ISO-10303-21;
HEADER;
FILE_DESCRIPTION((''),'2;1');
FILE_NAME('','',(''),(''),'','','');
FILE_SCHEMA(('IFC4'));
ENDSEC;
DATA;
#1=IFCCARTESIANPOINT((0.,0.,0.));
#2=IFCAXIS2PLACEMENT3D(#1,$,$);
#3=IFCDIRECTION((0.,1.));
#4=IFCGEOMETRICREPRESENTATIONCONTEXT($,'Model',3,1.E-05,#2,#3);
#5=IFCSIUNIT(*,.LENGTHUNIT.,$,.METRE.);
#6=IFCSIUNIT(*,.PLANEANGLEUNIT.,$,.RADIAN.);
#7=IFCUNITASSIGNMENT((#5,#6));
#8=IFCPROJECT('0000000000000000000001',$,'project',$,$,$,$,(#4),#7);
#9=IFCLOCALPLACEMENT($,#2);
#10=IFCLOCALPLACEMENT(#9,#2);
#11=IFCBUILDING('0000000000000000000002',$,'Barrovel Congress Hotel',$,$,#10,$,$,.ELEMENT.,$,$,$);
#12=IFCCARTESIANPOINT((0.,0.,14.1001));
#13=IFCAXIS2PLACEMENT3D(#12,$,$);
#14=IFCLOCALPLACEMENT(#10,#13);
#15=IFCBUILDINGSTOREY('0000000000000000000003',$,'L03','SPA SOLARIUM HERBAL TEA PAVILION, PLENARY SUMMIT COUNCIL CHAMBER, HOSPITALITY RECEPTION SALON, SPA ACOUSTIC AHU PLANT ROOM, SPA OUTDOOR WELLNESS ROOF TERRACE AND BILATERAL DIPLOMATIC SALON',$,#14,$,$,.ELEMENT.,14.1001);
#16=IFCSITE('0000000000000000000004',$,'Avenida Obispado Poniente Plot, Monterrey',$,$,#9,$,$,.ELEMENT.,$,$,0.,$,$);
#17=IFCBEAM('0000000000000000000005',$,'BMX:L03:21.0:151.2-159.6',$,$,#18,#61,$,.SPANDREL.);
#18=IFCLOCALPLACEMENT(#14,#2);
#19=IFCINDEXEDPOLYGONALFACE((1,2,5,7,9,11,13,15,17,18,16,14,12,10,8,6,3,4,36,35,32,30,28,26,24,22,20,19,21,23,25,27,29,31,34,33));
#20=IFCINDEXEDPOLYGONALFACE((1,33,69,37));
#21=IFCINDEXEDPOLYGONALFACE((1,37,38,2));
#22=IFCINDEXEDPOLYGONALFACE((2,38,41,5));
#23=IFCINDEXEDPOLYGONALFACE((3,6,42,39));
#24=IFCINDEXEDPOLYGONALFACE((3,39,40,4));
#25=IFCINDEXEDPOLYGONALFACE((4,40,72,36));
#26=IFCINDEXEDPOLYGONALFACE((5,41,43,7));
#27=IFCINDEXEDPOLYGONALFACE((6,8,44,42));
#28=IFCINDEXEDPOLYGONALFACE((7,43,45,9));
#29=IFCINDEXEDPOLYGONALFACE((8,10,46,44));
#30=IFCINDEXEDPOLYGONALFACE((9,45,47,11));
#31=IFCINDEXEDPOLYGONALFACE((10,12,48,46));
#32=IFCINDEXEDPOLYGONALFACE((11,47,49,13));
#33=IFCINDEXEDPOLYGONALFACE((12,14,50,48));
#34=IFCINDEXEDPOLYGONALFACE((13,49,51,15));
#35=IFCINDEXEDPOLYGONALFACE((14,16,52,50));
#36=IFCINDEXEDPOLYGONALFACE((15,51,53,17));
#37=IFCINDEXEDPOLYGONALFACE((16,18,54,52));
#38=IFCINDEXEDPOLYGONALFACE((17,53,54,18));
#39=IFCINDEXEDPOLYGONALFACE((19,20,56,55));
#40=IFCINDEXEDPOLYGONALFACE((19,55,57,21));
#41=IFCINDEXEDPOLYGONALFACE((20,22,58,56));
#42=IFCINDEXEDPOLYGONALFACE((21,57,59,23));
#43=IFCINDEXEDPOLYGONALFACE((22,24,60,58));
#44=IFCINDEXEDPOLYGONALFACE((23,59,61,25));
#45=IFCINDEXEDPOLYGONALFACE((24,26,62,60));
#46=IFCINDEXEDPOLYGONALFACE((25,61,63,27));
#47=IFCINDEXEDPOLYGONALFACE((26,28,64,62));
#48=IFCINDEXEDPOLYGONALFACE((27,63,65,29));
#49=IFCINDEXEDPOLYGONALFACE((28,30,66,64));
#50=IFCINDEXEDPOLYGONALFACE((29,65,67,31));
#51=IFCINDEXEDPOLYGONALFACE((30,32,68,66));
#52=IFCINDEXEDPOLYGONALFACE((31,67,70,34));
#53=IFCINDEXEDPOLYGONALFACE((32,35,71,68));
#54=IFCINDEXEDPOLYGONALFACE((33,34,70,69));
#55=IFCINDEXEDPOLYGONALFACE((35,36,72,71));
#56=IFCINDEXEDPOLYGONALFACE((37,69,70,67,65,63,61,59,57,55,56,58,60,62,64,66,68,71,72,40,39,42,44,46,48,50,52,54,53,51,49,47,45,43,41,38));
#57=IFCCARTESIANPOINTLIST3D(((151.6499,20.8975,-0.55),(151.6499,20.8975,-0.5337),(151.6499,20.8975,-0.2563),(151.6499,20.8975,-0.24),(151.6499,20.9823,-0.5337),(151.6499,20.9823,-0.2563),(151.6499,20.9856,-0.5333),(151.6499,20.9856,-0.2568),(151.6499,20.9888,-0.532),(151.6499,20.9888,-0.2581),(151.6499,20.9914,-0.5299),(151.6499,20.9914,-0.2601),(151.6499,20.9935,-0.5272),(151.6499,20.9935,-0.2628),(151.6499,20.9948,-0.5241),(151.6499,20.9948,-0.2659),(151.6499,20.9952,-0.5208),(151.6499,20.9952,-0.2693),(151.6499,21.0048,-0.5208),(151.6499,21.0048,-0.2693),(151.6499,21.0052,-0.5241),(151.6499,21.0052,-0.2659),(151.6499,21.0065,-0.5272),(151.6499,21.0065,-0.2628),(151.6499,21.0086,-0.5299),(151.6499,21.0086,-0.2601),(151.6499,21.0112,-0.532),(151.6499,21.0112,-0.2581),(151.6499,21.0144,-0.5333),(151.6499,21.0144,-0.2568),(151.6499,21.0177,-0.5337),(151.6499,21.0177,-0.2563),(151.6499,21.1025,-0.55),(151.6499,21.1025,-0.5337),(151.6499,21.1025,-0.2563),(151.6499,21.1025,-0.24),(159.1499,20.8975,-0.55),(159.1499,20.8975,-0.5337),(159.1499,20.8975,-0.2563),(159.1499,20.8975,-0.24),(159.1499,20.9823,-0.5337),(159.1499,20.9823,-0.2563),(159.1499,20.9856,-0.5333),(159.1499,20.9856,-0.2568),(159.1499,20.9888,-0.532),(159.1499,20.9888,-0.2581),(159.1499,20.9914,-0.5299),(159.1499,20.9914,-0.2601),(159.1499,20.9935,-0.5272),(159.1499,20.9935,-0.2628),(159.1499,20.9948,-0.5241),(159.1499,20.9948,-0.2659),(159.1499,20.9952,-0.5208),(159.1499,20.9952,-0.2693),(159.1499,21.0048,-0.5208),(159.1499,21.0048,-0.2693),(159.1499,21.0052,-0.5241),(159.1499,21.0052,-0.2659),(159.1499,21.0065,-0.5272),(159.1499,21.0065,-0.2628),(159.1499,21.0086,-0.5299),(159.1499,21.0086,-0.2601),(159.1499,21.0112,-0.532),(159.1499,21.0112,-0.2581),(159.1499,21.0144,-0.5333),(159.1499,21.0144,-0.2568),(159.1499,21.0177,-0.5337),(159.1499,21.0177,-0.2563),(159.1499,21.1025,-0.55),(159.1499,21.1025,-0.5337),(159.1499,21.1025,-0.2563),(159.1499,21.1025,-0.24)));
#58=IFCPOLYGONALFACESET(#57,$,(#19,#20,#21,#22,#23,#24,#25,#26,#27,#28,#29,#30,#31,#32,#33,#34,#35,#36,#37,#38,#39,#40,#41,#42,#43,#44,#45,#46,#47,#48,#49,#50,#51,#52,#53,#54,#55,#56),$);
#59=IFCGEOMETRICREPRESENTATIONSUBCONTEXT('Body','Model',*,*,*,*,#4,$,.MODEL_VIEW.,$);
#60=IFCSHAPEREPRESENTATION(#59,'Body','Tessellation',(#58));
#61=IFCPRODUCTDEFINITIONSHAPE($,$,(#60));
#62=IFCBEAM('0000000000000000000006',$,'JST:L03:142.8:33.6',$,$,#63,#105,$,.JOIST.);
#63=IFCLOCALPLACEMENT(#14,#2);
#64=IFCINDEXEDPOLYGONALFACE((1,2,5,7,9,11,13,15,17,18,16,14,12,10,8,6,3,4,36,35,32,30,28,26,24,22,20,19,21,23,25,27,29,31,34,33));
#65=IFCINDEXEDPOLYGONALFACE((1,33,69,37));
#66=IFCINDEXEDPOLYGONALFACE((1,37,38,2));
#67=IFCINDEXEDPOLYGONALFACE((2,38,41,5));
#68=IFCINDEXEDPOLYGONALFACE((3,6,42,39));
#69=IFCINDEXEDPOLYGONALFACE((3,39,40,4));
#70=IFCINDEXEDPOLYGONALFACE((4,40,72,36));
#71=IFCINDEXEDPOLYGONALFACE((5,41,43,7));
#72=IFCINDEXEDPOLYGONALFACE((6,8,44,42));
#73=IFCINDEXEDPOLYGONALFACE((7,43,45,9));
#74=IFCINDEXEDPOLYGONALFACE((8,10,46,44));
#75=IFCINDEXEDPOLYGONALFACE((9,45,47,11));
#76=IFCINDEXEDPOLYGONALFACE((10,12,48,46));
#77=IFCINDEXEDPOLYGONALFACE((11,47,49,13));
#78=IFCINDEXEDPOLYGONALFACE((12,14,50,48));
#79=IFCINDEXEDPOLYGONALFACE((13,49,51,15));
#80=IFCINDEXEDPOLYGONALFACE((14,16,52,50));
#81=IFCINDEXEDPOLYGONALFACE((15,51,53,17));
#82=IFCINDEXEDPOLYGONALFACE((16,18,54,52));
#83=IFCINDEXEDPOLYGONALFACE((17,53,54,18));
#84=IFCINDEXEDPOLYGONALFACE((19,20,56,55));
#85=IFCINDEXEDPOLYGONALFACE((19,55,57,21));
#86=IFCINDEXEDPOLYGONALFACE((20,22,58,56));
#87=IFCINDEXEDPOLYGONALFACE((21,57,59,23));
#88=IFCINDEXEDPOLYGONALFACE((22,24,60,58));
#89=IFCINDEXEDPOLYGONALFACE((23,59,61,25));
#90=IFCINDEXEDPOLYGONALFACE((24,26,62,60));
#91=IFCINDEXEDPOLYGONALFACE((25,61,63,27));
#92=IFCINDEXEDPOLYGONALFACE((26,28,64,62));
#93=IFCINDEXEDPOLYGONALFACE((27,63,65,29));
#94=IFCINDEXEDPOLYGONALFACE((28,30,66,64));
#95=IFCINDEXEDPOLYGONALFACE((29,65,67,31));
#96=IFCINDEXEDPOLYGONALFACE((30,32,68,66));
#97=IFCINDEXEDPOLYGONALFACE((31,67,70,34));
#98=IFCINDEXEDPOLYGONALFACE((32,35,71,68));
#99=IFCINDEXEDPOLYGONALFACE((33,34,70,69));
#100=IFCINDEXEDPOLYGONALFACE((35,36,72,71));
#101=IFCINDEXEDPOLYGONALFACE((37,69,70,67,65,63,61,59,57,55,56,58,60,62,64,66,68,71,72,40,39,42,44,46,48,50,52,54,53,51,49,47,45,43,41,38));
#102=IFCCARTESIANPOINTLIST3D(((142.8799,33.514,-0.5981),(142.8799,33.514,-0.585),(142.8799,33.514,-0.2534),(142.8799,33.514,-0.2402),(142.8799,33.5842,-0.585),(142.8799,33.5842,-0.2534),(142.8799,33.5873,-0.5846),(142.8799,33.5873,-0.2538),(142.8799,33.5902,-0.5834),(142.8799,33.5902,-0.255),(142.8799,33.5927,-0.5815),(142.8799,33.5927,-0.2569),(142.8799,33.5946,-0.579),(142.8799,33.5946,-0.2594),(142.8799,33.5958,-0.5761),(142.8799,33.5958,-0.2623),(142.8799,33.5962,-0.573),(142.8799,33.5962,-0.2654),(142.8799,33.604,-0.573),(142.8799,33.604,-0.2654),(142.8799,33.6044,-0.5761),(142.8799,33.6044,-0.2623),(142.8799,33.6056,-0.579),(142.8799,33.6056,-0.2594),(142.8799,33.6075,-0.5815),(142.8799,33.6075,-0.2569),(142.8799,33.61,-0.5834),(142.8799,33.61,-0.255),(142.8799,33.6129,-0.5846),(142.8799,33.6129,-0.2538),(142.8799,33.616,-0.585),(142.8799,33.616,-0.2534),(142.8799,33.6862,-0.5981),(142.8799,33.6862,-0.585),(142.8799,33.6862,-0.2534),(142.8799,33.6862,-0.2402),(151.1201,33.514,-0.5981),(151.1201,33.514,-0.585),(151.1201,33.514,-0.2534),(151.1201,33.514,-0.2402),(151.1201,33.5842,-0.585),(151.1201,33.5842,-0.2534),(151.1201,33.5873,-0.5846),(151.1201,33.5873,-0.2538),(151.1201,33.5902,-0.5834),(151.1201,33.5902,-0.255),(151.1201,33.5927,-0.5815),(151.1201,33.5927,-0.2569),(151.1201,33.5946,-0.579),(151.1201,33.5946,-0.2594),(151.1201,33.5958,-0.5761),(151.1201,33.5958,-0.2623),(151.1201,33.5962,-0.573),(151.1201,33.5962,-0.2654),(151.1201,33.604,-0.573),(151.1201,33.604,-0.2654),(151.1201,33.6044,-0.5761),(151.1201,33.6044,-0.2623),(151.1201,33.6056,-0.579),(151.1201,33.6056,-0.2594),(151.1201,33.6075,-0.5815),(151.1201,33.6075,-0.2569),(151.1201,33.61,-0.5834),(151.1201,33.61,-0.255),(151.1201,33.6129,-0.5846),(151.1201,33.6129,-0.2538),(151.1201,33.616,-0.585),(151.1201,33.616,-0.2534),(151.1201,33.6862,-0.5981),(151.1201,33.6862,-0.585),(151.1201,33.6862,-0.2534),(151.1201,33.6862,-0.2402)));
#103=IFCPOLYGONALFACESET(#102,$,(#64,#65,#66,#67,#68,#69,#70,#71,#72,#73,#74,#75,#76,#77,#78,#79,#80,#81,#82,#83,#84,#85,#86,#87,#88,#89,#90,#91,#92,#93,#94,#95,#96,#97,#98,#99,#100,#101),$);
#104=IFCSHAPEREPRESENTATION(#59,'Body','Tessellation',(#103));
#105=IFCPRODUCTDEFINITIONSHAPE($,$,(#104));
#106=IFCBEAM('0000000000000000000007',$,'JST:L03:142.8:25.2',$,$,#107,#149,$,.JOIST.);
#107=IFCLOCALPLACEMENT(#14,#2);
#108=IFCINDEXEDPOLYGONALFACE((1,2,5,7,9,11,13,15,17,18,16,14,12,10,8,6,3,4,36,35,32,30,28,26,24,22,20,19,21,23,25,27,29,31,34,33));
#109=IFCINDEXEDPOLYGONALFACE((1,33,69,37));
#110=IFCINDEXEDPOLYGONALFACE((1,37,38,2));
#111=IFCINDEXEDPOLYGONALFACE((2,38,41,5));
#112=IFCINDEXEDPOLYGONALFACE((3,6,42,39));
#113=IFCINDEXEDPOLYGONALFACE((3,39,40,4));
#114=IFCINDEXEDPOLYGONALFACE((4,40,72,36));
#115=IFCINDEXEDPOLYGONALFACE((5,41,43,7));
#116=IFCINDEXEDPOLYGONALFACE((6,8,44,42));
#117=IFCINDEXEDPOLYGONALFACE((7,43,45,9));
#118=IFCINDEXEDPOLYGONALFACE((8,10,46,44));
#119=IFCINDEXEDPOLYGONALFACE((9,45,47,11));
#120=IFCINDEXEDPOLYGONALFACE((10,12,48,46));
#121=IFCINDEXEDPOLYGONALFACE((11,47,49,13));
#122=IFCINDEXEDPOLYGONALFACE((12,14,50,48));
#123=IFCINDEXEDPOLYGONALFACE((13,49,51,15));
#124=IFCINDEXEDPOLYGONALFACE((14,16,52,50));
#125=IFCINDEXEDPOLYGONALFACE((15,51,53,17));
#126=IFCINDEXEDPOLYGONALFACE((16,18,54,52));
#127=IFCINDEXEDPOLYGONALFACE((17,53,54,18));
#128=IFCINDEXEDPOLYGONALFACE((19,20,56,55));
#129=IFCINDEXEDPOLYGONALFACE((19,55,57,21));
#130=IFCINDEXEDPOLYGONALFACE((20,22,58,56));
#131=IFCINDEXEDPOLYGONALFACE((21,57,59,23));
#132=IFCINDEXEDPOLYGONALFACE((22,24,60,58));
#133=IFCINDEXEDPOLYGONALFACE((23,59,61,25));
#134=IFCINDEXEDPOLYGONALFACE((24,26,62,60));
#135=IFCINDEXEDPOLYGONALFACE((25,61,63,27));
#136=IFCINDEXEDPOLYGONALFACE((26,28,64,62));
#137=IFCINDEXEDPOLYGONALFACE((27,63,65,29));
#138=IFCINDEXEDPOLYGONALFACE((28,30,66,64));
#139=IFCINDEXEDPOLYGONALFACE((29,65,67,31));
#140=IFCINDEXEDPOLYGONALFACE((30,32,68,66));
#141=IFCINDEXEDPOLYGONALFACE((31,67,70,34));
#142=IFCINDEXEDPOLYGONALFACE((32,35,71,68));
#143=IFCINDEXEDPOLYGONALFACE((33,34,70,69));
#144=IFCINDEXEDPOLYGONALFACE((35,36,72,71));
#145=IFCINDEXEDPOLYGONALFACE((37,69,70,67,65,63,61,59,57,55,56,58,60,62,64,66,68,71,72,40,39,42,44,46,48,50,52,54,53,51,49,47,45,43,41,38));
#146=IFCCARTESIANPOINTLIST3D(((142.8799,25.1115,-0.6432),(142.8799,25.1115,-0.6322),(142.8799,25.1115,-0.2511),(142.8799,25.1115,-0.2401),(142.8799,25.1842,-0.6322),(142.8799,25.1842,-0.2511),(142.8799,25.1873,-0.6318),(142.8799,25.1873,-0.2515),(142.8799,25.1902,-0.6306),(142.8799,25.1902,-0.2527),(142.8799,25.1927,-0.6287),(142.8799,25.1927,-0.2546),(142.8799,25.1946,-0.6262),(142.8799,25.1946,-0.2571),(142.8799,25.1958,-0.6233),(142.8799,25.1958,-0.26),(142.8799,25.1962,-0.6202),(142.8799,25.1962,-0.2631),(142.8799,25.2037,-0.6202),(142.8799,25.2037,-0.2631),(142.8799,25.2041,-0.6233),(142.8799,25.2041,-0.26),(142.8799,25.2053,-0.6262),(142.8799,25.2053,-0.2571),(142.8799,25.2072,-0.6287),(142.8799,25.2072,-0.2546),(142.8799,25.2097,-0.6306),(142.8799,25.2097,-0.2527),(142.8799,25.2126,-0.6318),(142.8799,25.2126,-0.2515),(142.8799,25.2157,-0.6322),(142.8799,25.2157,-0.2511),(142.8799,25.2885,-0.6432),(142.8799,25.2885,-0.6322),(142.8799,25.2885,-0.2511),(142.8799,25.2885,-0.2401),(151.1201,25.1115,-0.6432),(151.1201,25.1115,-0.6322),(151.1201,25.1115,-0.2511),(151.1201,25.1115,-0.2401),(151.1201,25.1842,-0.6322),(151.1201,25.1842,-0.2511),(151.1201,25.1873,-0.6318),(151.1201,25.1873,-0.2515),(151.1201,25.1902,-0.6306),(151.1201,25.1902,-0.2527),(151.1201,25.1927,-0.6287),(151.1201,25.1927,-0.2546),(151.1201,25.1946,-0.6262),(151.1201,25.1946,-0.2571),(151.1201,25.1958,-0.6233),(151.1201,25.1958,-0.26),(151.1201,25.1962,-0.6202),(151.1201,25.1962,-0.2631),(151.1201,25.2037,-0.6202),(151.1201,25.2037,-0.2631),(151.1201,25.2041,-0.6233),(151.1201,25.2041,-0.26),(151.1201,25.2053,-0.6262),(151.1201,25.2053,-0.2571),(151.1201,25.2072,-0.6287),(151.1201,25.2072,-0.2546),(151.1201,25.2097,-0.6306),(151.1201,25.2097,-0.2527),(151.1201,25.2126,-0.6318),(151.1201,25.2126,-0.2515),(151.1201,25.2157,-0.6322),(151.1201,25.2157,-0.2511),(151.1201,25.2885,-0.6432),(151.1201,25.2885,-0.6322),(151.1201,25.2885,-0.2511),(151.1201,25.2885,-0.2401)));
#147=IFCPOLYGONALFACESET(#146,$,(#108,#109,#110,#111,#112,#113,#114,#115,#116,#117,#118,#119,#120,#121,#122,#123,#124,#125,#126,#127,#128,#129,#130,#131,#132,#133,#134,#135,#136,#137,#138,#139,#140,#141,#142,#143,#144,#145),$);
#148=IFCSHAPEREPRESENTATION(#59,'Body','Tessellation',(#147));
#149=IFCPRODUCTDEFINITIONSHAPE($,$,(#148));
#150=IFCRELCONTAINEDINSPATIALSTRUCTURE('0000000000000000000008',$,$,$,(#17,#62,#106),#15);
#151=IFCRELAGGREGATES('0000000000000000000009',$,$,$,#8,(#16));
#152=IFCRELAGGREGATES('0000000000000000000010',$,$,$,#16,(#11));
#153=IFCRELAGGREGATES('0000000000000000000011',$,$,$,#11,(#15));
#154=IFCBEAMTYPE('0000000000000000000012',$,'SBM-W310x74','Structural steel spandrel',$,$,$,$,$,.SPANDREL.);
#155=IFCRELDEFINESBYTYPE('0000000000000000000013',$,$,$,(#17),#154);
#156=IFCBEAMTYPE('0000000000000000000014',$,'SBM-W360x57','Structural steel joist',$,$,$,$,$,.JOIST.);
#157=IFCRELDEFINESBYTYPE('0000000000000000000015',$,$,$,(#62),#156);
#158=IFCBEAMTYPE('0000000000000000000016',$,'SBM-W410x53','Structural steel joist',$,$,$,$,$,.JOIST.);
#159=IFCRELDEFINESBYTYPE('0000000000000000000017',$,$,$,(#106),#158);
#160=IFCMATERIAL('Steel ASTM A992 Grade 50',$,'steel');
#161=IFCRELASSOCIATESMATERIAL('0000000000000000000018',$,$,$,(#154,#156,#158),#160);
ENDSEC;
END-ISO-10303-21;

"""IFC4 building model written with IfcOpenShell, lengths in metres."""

from ifc_helpers import new_model, si_unit, direction, frame, origin, origin_2d, place, context, subcontext, project, spatial, i_section, extrude, material, material_profile, profile_set, type_object, element, save


model = new_model("IFC4")

# Units and contexts
model_context = context("Model", 3, precision=1e-05, world=origin(), true_north=direction((0.0, 1.0)))
body_context = subcontext(model_context, "Body", "Model", "MODEL_VIEW")
ifc_project = project(units=[si_unit("LENGTHUNIT", "METRE"), si_unit("PLANEANGLEUNIT", "RADIAN")], contexts=[model_context])

# Site, building, storey
site_placement = place(None, origin())
site = spatial("IfcSite", under=ifc_project, at=site_placement, Name="Avenida Obispado Poniente Plot, Monterrey", CompositionType="ELEMENT", RefElevation=0.0)
building_placement = place(site_placement, origin())
building = spatial("IfcBuilding", under=site, at=building_placement, Name="Barrovel Congress Hotel", CompositionType="ELEMENT")
storey_placement = place(building_placement, frame((0.0, 0.0, 14.1001)))
storey = spatial("IfcBuildingStorey", under=building, at=storey_placement, Name="L03", Description="SPA SOLARIUM HERBAL TEA PAVILION, PLENARY SUMMIT COUNCIL CHAMBER, HOSPITALITY RECEPTION SALON, SPA ACOUSTIC AHU PLANT ROOM, SPA OUTDOOR WELLNESS ROOF TERRACE AND BILATERAL DIPLOMATIC SALON", CompositionType="ELEMENT", Elevation=14.1001)

# Shared definitions
ifc_material_1 = material(Name="Steel ASTM A992 Grade 50", Category="steel")

# Beams
ifc_material_profile_1 = material_profile(ifc_material_1, i_section(OverallWidth=0.2051, OverallDepth=0.3101, WebThickness=0.0095, FlangeThickness=0.0164, FilletRadius=0.0129, at=origin_2d()), Name="W310x74")
ifc_profile_set_1 = profile_set([ifc_material_profile_1], Name="Steel ASTM A992 Grade 50")
beam_type_1 = type_object("IfcBeamType", Name="SBM-W310x74", Description="Structural steel spandrel", PredefinedType="SPANDREL", material=ifc_profile_set_1)
beam_1_placement = place(storey_placement, frame((151.6499, 21.0, -0.395), z_axis=(1.0, 0.0, 0.0), x_axis=(0.0, 1.0, 0.0)))
element("IfcBeam", 1, at=beam_1_placement, inside=storey, type_object=beam_type_1, Name="BMX:L03:21.0:151.2-159.6", PredefinedType="SPANDREL", context=body_context, shape_type="SweptSolid", body=[
    extrude(i_section(OverallWidth=0.2051, OverallDepth=0.3101, WebThickness=0.0095, FlangeThickness=0.0164, FilletRadius=0.0129, at=origin_2d()), origin(), (0.0, 0.0, 1.0), 7.5),
])
ifc_material_profile_2 = material_profile(ifc_material_1, i_section(OverallWidth=0.1721, OverallDepth=0.3579, WebThickness=0.0078, FlangeThickness=0.0132, FilletRadius=0.012, at=origin_2d()), Name="W360x57")
ifc_profile_set_2 = profile_set([ifc_material_profile_2], Name="Steel ASTM A992 Grade 50")
beam_type_2 = type_object("IfcBeamType", Name="SBM-W360x57", Description="Structural steel joist", PredefinedType="JOIST", material=ifc_profile_set_2)
beam_2_placement = place(storey_placement, frame((142.8799, 33.6001, -0.4192), z_axis=(1.0, 0.0, 0.0), x_axis=(0.0, 1.0, 0.0)))
element("IfcBeam", 2, at=beam_2_placement, inside=storey, type_object=beam_type_2, Name="JST:L03:142.8:33.6", PredefinedType="JOIST", context=body_context, shape_type="SweptSolid", body=[
    extrude(i_section(OverallWidth=0.1721, OverallDepth=0.3579, WebThickness=0.0078, FlangeThickness=0.0132, FilletRadius=0.012, at=origin_2d()), origin(), (0.0, 0.0, 1.0), 8.2402),
])
ifc_material_profile_3 = material_profile(ifc_material_1, i_section(OverallWidth=0.177, OverallDepth=0.4031, WebThickness=0.0076, FlangeThickness=0.011, FilletRadius=0.012, at=origin_2d()), Name="W410x53")
ifc_profile_set_3 = profile_set([ifc_material_profile_3], Name="Steel ASTM A992 Grade 50")
beam_type_3 = type_object("IfcBeamType", Name="SBM-W410x53", Description="Structural steel joist", PredefinedType="JOIST", material=ifc_profile_set_3)
beam_3_placement = place(storey_placement, frame((142.8799, 25.2, -0.4417), z_axis=(1.0, 0.0, 0.0), x_axis=(0.0, 1.0, 0.0)))
element("IfcBeam", 3, at=beam_3_placement, inside=storey, type_object=beam_type_3, Name="JST:L03:142.8:25.2", PredefinedType="JOIST", context=body_context, shape_type="SweptSolid", body=[
    extrude(i_section(OverallWidth=0.177, OverallDepth=0.4031, WebThickness=0.0076, FlangeThickness=0.011, FilletRadius=0.012, at=origin_2d()), origin(), (0.0, 0.0, 1.0), 8.2402),
])

save(model, "model.ifc")
